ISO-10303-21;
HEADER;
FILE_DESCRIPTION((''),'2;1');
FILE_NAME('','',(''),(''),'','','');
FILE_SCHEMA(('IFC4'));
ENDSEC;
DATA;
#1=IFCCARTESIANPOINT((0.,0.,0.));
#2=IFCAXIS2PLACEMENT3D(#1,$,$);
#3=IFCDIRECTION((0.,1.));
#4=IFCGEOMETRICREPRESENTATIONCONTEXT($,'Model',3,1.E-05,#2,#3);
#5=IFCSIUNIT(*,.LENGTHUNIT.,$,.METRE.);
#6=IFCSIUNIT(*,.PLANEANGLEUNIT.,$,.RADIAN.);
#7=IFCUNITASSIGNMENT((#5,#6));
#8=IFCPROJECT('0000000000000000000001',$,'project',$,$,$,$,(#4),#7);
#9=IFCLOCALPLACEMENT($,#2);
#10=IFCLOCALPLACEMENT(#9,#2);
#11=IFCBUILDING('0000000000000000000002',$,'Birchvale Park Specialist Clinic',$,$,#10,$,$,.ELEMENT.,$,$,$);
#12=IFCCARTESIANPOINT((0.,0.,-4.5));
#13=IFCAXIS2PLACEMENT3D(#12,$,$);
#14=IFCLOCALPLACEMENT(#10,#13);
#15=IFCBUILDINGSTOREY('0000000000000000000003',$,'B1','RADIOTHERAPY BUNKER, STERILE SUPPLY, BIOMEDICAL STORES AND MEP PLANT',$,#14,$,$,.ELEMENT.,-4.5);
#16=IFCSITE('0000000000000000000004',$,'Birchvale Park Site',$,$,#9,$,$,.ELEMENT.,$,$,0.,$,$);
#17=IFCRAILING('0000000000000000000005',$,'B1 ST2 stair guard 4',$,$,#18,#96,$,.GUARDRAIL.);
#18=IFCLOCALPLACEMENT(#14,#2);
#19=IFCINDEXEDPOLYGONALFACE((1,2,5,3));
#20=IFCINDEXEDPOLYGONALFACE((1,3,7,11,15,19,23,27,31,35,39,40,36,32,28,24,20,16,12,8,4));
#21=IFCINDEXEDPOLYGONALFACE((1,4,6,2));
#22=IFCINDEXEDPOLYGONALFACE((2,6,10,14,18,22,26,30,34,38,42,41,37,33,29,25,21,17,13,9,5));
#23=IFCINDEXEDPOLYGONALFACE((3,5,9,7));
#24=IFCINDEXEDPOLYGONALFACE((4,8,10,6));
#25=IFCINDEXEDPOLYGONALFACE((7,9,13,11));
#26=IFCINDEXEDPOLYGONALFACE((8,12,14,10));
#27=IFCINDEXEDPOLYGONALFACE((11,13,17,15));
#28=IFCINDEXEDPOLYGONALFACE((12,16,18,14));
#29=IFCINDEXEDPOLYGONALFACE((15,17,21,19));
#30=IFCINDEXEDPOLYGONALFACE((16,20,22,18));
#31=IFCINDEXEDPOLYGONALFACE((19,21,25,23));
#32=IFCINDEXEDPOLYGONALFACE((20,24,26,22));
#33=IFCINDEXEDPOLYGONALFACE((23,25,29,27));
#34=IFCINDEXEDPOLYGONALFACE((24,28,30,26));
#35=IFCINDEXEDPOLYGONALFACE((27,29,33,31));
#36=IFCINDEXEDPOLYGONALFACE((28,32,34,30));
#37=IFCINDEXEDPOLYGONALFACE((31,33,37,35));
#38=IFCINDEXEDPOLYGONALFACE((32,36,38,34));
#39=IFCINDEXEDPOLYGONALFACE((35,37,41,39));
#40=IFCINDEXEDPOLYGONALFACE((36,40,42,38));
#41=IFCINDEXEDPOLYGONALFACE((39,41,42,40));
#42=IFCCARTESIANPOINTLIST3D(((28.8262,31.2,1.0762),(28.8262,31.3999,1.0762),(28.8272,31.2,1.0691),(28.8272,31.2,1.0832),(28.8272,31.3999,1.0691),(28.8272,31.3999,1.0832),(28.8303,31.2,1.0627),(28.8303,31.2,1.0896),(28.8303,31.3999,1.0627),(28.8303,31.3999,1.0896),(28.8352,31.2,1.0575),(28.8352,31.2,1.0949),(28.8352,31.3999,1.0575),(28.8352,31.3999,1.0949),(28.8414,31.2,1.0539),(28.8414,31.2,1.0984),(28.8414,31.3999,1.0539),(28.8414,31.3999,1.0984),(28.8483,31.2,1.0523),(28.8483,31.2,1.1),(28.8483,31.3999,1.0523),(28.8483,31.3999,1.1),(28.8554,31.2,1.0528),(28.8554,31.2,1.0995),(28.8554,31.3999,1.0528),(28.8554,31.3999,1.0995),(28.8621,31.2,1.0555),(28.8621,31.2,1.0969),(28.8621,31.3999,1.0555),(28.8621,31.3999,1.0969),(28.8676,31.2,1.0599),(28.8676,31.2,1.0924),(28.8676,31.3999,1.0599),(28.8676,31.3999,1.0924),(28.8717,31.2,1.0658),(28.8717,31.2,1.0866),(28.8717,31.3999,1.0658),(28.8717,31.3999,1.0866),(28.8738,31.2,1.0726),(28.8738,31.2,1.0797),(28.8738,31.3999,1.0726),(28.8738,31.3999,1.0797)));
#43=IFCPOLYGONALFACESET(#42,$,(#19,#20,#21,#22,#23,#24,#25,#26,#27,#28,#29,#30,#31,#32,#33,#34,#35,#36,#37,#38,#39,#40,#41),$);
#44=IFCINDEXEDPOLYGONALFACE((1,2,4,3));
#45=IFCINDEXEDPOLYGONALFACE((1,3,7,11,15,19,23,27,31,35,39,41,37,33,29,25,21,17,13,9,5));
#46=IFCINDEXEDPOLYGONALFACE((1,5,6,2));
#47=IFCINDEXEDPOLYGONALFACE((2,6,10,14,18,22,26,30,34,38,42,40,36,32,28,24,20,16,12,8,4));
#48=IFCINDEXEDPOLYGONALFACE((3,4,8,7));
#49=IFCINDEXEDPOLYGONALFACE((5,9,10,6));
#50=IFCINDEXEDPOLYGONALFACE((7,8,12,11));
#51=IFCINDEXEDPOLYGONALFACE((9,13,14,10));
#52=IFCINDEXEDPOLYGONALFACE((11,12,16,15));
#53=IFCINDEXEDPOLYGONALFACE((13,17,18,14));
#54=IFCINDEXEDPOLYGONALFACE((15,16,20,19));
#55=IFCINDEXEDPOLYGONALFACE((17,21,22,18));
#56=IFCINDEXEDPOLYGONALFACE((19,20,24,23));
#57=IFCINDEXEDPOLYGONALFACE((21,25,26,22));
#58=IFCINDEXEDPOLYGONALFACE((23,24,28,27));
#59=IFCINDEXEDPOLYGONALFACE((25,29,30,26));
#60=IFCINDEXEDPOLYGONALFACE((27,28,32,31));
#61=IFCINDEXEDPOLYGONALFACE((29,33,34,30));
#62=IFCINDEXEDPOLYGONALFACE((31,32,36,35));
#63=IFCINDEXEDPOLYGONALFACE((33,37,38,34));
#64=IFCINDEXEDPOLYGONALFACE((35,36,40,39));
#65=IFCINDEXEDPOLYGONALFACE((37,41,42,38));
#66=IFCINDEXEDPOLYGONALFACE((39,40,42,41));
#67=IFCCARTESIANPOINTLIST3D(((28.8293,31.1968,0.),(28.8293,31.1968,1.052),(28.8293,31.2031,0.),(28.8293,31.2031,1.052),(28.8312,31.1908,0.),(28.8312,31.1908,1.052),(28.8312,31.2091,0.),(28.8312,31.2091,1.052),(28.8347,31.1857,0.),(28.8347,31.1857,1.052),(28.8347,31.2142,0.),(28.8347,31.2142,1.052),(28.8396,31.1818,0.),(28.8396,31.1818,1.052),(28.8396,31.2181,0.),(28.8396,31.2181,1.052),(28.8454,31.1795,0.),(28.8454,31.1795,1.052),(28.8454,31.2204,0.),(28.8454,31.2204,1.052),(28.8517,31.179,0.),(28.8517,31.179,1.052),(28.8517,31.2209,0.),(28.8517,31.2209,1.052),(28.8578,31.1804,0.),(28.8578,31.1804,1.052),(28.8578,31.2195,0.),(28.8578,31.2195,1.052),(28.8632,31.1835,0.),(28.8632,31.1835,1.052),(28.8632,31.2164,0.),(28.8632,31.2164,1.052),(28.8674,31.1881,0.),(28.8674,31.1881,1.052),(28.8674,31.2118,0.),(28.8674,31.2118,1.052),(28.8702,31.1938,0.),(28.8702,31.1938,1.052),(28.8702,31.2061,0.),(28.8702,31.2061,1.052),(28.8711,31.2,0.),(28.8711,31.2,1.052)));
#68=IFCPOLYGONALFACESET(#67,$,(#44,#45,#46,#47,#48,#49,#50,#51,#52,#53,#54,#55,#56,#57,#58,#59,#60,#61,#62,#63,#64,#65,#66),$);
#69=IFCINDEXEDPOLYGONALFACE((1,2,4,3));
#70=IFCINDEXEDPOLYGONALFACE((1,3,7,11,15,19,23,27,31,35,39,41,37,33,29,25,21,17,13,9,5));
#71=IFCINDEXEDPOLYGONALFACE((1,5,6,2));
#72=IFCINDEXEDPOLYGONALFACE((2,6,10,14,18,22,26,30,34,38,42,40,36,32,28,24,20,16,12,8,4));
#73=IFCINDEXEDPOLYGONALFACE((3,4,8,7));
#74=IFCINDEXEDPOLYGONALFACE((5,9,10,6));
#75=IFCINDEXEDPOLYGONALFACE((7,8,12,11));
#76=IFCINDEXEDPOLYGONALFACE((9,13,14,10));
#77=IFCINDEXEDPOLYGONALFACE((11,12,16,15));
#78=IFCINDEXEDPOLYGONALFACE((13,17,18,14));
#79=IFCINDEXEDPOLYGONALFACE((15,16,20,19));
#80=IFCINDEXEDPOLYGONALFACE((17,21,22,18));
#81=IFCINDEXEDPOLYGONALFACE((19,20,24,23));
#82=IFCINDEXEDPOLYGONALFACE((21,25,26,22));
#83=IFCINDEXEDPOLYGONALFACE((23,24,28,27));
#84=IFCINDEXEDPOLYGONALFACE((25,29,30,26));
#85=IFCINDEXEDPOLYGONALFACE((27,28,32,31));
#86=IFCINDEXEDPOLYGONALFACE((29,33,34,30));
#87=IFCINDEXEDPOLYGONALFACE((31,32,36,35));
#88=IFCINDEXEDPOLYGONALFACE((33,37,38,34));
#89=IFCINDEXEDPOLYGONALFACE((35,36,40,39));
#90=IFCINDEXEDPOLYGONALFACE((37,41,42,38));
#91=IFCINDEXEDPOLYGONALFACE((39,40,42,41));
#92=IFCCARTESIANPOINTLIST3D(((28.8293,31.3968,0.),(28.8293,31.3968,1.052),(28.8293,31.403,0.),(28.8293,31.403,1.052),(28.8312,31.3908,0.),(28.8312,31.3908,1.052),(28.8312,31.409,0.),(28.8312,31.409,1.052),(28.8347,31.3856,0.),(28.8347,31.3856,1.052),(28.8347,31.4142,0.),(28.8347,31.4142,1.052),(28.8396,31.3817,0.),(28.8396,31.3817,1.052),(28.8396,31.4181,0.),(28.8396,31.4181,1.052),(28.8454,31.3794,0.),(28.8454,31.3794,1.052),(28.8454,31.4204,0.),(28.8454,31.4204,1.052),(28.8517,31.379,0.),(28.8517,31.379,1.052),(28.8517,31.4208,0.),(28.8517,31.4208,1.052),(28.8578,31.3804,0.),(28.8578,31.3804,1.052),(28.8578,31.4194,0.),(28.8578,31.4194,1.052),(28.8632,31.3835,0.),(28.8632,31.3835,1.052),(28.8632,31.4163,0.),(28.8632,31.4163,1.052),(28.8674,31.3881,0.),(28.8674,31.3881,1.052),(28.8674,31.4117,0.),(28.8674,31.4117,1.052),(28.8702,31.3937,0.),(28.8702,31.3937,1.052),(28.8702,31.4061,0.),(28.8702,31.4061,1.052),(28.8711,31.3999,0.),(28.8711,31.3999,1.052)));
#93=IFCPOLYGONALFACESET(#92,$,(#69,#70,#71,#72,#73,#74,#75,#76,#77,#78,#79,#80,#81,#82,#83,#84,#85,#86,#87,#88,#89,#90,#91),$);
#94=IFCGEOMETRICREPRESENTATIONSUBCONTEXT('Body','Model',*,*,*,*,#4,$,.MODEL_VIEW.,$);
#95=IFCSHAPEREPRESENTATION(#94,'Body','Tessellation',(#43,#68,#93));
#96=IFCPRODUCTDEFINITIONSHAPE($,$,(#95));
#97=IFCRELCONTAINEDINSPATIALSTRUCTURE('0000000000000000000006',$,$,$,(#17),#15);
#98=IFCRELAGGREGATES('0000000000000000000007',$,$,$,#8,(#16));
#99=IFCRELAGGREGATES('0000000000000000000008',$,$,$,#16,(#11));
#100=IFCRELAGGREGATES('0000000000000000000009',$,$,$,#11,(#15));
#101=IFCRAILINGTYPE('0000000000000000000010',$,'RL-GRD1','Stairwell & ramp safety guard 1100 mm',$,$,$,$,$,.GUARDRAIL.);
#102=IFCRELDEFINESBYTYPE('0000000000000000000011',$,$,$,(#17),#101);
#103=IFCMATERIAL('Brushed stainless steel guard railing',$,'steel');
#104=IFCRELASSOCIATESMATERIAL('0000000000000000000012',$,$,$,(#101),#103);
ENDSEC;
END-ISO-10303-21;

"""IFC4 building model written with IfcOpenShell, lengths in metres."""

from ifc_helpers import new_model, si_unit, direction, frame, origin, origin_2d, place, context, subcontext, project, spatial, circle, extrude, material, type_object, element, save


model = new_model("IFC4")

# Units and contexts
model_context = context("Model", 3, precision=1e-05, world=origin(), true_north=direction((0.0, 1.0)))
body_context = subcontext(model_context, "Body", "Model", "MODEL_VIEW")
ifc_project = project(units=[si_unit("LENGTHUNIT", "METRE"), si_unit("PLANEANGLEUNIT", "RADIAN")], contexts=[model_context])

# Site, building, storey
site_placement = place(None, origin())
site = spatial("IfcSite", under=ifc_project, at=site_placement, Name="Birchvale Park Site", CompositionType="ELEMENT", RefElevation=0.0)
building_placement = place(site_placement, origin())
building = spatial("IfcBuilding", under=site, at=building_placement, Name="Birchvale Park Specialist Clinic", CompositionType="ELEMENT")
storey_placement = place(building_placement, frame((0.0, 0.0, -4.5)))
storey = spatial("IfcBuildingStorey", under=building, at=storey_placement, Name="B1", Description="RADIOTHERAPY BUNKER, STERILE SUPPLY, BIOMEDICAL STORES AND MEP PLANT", CompositionType="ELEMENT", Elevation=-4.5)

# Railing
ifc_material_1 = material(Name="Brushed stainless steel guard railing", Category="steel")
railing_type_1 = type_object("IfcRailingType", Name="RL-GRD1", Description="Stairwell & ramp safety guard 1100 mm", PredefinedType="GUARDRAIL", material=ifc_material_1)
railing_1_placement = place(storey_placement, frame((28.8501, 31.2, 0.0)))
element("IfcRailing", 1, at=railing_1_placement, inside=storey, type_object=railing_type_1, Name="B1 ST2 stair guard 4", PredefinedType="GUARDRAIL", context=body_context, shape_type="SweptSolid", body=[
    extrude(circle(Radius=0.0239, at=origin_2d()), frame((0.0, 0.0, 1.0762), z_axis=(0.0, 1.0, 0.0), x_axis=(-1.0, 0.0, 0.0)), (0.0, 0.0, 1.0), 0.2),
    extrude(circle(Radius=0.021, at=origin_2d()), origin(), (0.0, 0.0, 1.0), 1.052),
    extrude(circle(Radius=0.021, at=origin_2d()), frame((0.0, 0.2, 0.0)), (0.0, 0.0, 1.0), 1.052),
])

save(model, "model.ifc")
